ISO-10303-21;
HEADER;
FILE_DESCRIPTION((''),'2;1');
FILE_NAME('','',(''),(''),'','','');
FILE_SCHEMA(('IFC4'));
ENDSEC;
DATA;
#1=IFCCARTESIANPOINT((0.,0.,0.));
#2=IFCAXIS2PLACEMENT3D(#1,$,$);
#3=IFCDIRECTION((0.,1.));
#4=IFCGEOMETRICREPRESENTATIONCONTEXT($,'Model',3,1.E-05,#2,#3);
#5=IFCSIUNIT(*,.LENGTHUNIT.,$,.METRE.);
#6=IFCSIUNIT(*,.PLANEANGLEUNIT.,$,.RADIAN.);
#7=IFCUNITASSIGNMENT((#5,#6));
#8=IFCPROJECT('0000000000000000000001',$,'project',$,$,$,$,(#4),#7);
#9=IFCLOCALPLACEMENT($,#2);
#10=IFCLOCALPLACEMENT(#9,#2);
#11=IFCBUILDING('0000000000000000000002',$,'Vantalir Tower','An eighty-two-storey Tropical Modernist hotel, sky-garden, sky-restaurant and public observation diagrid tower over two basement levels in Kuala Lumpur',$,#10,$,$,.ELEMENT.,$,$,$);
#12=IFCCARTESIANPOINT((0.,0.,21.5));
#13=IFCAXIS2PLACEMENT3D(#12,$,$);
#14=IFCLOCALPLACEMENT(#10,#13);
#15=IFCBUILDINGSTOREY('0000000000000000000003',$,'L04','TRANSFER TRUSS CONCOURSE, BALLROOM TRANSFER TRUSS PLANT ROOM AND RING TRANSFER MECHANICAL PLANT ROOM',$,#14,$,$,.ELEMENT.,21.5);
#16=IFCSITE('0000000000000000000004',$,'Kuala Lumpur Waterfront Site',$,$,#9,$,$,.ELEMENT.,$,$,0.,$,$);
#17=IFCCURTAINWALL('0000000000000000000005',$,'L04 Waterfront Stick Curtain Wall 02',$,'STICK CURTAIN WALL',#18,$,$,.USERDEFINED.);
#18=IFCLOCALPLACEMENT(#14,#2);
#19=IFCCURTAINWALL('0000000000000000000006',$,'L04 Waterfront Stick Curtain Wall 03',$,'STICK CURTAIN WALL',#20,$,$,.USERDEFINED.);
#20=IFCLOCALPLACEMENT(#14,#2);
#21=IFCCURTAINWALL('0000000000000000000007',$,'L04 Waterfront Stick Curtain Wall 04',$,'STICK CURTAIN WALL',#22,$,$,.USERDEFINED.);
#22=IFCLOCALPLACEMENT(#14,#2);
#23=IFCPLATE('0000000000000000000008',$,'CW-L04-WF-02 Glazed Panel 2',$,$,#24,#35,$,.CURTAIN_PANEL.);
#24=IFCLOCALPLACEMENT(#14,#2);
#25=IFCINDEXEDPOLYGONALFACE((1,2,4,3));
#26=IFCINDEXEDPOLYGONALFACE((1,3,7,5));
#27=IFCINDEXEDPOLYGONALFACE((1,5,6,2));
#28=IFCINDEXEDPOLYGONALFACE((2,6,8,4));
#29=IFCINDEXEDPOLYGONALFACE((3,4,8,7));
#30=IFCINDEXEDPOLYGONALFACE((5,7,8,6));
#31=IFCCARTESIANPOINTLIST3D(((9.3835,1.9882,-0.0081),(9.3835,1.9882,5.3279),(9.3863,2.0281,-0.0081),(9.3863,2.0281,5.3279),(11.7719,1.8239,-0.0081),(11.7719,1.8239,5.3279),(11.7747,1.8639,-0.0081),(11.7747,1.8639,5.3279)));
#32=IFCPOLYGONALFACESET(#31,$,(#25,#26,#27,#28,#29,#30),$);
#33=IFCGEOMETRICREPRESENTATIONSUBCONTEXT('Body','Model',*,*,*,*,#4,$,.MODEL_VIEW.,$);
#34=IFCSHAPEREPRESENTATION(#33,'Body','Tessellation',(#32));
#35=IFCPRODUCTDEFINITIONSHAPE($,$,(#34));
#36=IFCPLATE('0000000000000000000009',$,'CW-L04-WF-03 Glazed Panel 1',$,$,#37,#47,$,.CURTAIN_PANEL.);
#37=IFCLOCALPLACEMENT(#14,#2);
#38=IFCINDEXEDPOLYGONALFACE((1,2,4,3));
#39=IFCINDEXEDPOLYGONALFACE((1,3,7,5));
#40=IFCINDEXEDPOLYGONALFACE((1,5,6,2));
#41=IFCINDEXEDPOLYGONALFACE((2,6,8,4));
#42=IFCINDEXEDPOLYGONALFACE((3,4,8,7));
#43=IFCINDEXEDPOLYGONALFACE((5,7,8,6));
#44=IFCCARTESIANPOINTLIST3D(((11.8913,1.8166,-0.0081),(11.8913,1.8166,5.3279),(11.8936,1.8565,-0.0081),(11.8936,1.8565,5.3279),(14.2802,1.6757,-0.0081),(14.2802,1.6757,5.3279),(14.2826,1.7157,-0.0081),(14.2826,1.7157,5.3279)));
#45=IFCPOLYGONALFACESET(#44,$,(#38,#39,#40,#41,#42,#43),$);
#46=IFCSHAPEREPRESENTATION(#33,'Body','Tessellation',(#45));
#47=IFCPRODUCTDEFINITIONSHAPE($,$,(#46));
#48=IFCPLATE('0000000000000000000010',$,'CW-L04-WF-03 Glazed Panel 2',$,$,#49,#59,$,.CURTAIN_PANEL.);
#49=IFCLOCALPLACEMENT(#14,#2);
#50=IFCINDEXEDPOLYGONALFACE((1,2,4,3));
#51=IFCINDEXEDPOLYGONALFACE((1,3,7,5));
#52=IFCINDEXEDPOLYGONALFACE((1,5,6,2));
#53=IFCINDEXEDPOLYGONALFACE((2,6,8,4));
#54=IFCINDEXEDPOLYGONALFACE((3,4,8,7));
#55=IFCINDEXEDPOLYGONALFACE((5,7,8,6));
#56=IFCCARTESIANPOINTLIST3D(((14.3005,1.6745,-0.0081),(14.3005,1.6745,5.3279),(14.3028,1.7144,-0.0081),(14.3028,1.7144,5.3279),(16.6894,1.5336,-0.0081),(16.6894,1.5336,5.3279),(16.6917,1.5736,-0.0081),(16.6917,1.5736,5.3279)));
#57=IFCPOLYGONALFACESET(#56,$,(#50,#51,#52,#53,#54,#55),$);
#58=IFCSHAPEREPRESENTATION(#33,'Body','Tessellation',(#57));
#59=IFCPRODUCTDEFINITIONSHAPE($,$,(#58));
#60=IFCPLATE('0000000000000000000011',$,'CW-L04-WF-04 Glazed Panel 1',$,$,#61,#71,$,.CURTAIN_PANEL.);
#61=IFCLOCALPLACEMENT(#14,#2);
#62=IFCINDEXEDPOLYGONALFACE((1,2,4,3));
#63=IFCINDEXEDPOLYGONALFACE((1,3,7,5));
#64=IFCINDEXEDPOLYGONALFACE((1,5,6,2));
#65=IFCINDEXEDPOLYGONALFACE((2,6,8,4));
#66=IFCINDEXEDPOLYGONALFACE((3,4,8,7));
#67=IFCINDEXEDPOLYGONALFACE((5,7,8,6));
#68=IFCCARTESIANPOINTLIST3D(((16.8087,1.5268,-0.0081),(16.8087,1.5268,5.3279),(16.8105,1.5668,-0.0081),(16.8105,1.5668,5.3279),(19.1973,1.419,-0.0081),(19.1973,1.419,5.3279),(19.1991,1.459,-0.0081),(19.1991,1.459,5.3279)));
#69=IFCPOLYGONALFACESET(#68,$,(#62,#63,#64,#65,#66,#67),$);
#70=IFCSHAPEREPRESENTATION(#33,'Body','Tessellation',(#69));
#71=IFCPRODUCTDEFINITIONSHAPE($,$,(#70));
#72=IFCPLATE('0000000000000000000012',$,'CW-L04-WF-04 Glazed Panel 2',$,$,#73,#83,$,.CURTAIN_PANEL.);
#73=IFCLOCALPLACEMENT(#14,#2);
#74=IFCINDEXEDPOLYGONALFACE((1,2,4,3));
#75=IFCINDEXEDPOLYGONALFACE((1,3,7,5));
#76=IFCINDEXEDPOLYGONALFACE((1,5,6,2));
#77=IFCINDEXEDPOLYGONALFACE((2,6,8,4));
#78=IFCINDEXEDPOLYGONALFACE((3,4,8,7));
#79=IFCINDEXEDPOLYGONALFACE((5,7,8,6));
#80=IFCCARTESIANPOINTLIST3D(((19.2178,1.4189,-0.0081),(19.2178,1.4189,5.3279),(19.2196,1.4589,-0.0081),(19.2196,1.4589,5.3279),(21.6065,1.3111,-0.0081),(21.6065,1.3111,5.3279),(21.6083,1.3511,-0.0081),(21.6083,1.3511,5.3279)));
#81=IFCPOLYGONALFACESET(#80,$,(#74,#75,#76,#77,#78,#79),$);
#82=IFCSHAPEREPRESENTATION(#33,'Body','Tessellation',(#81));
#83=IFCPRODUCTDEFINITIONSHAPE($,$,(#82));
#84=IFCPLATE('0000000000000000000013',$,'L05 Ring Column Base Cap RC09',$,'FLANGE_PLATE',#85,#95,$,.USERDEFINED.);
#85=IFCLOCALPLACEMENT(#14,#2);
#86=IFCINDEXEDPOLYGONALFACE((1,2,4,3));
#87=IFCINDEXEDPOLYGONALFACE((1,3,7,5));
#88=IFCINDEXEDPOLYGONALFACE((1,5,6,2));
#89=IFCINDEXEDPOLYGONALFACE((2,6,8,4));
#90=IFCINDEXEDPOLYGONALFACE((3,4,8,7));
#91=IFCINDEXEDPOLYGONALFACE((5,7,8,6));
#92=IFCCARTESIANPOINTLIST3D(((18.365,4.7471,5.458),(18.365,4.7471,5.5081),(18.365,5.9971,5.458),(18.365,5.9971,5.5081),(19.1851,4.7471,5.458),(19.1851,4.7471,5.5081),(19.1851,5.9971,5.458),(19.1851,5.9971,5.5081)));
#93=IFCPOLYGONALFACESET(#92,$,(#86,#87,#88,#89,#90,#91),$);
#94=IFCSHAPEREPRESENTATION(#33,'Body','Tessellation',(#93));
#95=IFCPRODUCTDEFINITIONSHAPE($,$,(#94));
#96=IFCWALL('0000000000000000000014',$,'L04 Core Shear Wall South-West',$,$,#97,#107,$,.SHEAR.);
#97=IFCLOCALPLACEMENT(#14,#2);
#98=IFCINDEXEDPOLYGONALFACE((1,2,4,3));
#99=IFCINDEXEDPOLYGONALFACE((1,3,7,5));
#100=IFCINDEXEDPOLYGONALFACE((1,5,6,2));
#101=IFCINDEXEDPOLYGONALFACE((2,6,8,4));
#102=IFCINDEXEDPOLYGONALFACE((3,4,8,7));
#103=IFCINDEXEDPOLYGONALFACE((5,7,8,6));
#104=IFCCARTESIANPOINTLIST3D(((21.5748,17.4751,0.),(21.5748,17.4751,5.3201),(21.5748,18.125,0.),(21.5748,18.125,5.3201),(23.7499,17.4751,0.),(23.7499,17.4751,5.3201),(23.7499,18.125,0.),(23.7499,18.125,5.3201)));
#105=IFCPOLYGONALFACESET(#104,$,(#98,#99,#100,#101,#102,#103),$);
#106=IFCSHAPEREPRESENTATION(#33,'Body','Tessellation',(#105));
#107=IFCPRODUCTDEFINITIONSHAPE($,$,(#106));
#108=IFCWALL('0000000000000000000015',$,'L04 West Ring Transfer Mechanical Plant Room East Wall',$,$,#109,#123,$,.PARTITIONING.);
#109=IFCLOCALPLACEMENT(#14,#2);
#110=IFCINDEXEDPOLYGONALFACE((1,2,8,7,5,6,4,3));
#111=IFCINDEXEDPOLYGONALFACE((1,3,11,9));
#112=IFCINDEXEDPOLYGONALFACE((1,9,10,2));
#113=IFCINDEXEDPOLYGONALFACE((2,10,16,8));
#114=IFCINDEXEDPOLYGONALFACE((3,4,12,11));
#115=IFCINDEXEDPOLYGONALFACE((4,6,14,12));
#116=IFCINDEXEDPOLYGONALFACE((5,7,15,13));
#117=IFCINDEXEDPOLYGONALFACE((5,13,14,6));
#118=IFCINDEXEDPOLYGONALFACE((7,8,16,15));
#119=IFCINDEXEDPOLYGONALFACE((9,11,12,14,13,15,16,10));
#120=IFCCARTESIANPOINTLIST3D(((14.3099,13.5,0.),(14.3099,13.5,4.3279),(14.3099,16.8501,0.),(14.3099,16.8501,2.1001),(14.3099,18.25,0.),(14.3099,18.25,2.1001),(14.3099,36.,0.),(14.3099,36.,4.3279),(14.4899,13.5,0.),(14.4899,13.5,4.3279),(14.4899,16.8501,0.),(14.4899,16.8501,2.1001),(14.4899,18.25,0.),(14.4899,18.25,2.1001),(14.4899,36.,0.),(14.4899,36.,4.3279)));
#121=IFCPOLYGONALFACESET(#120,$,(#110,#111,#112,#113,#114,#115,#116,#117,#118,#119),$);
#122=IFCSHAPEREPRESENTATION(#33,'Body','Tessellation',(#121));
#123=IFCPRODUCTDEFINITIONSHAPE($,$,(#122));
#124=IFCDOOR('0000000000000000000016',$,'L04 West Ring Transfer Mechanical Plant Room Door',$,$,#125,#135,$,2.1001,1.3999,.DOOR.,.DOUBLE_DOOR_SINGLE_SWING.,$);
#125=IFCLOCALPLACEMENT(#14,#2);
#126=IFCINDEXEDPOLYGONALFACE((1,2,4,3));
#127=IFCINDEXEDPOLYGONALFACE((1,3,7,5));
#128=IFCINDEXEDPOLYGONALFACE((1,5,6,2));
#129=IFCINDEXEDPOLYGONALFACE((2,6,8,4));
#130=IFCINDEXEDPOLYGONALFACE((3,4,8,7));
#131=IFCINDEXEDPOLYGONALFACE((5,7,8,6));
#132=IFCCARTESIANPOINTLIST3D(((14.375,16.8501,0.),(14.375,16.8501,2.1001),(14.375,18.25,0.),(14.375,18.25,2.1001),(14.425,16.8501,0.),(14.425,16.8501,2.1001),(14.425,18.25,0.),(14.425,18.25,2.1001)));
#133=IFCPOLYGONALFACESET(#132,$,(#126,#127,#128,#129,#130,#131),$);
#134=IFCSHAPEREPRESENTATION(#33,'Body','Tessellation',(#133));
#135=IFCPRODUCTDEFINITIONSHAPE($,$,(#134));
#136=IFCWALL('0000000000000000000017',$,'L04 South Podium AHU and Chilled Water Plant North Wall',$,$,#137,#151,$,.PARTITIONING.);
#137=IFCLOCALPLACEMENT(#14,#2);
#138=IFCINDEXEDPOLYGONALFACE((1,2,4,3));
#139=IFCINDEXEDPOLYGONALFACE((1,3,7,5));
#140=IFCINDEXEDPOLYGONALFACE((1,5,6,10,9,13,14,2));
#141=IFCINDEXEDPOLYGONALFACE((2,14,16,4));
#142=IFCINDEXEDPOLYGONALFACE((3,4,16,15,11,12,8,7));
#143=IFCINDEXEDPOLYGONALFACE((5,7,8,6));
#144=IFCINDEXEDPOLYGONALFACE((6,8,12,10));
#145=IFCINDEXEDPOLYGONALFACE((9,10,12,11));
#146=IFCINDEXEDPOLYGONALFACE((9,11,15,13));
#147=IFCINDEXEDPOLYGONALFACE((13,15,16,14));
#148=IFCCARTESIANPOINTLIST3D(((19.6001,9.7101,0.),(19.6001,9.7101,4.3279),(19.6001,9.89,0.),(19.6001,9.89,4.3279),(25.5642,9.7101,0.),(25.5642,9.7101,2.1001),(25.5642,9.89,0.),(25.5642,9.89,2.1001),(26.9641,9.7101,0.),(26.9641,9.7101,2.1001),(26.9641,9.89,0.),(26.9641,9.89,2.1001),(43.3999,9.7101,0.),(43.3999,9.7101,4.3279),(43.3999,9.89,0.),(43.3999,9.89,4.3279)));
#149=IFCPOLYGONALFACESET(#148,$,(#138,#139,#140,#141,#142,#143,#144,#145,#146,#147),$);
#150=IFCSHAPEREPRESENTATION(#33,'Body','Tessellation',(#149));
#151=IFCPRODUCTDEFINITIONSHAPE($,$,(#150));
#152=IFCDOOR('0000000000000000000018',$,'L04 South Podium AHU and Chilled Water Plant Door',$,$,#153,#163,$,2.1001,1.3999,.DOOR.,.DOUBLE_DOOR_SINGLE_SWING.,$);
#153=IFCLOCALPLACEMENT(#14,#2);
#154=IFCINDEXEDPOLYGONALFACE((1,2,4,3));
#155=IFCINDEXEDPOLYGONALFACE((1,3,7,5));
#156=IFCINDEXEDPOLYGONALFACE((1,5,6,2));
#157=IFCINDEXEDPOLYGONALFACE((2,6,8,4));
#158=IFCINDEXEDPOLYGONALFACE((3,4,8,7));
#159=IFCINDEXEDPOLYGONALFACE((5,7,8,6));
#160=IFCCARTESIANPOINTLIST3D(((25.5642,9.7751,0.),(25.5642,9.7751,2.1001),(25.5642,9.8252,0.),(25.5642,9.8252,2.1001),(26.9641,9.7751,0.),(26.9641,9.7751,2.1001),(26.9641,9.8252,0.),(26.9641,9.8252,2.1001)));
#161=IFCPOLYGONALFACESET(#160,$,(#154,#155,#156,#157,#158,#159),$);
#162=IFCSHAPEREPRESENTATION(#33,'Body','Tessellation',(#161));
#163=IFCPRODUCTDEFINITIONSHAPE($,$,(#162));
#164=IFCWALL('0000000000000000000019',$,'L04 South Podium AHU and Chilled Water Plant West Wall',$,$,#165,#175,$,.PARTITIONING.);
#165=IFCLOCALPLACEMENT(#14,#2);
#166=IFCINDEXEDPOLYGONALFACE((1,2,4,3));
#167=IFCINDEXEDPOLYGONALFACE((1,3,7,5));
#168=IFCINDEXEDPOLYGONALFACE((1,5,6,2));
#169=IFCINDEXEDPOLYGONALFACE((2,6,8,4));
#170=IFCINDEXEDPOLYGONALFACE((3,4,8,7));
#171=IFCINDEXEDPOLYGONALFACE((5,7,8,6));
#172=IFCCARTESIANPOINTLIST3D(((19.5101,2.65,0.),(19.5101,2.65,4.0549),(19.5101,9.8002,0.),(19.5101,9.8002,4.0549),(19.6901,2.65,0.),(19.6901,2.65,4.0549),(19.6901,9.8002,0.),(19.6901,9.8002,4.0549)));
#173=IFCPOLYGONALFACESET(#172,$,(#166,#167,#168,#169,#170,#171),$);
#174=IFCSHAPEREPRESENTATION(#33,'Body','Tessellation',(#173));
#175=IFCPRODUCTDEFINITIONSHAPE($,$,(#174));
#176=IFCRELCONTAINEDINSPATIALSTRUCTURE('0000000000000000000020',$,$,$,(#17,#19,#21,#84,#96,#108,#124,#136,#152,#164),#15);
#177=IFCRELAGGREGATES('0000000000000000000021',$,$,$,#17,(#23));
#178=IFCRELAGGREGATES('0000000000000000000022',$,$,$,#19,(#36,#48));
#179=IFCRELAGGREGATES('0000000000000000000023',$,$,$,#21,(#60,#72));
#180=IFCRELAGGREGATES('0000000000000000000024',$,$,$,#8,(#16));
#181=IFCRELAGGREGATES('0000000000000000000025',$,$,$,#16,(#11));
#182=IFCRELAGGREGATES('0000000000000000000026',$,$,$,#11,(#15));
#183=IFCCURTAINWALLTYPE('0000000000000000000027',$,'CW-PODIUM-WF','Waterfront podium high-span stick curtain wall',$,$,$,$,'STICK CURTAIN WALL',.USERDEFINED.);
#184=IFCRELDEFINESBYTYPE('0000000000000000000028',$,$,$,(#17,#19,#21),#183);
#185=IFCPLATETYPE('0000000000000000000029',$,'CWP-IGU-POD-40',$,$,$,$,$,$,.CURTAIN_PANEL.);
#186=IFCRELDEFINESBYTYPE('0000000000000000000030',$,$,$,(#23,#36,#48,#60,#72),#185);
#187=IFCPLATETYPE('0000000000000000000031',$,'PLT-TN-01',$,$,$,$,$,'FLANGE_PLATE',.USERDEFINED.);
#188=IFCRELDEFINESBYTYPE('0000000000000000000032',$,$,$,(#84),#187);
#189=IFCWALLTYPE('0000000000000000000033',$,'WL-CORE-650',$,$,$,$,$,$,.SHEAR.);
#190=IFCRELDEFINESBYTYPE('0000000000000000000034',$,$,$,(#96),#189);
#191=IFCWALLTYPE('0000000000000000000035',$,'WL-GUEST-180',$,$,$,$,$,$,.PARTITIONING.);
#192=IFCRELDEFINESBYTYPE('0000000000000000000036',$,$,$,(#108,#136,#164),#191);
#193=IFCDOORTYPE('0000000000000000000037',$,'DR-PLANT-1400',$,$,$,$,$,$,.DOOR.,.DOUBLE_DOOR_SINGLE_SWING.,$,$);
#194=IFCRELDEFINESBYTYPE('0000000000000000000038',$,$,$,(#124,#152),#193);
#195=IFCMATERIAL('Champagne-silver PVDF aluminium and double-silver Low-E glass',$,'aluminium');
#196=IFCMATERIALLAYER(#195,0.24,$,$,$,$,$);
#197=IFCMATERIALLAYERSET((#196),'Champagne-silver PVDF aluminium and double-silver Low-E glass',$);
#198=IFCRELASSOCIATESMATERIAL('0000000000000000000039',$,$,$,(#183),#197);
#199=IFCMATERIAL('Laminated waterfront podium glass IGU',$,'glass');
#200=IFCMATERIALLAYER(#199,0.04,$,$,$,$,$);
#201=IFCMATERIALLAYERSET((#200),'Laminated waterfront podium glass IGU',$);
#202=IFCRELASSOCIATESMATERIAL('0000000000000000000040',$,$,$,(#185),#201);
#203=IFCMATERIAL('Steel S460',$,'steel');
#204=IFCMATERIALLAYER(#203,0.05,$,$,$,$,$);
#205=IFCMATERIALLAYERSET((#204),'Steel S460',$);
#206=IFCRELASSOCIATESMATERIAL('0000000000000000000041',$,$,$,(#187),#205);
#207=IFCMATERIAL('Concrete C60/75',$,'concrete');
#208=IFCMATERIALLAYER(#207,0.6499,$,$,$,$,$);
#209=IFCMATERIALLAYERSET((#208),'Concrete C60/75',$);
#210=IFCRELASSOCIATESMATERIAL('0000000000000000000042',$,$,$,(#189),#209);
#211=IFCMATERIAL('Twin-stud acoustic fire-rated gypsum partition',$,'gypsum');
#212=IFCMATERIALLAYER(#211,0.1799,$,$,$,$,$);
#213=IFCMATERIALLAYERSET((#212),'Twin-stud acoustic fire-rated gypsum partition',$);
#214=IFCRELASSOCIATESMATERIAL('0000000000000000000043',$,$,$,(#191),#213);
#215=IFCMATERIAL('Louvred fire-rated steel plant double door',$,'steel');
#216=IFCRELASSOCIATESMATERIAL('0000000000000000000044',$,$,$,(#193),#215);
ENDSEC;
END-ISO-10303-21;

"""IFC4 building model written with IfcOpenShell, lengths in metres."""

from ifc_helpers import new_model, si_unit, direction, frame, frame_2d, origin, origin_2d, place, context, subcontext, project, spatial, polyline, rectangle, outline, extrude, material, layer, layer_set, type_object, element, fill, aggregate, save


model = new_model("IFC4")

# Units and contexts
model_context = context("Model", 3, precision=1e-05, world=origin(), true_north=direction((0.0, 1.0)))
body_context = subcontext(model_context, "Body", "Model", "MODEL_VIEW")
ifc_project = project(units=[si_unit("LENGTHUNIT", "METRE"), si_unit("PLANEANGLEUNIT", "RADIAN")], contexts=[model_context])

# Site, building, storey
site_placement = place(None, origin())
site = spatial("IfcSite", under=ifc_project, at=site_placement, Name="Kuala Lumpur Waterfront Site", CompositionType="ELEMENT", RefElevation=0.0)
building_placement = place(site_placement, origin())
building = spatial("IfcBuilding", under=site, at=building_placement, Name="Vantalir Tower", Description="An eighty-two-storey Tropical Modernist hotel, sky-garden, sky-restaurant and public observation diagrid tower over two basement levels in Kuala Lumpur", CompositionType="ELEMENT")
storey_placement = place(building_placement, frame((0.0, 0.0, 21.5)))
storey = spatial("IfcBuildingStorey", under=building, at=storey_placement, Name="L04", Description="TRANSFER TRUSS CONCOURSE, BALLROOM TRANSFER TRUSS PLANT ROOM AND RING TRANSFER MECHANICAL PLANT ROOM", CompositionType="ELEMENT", Elevation=21.5)

# Shared definitions
ifc_material_1 = material(Name="Steel S460", Category="steel")

# Curtain wall
ifc_material_2 = material(Name="Champagne-silver PVDF aluminium and double-silver Low-E glass", Category="aluminium")
ifc_layer_1 = layer(ifc_material_2, 0.24)
ifc_layer_set_1 = layer_set([ifc_layer_1], Name="Champagne-silver PVDF aluminium and double-silver Low-E glass")
curtain_wall_type = type_object("IfcCurtainWallType", Name="CW-PODIUM-WF", Description="Waterfront podium high-span stick curtain wall", ElementType="STICK CURTAIN WALL", PredefinedType="USERDEFINED", material=ifc_layer_set_1)
curtain_wall_1_placement = place(storey_placement, origin())
curtain_wall_1 = element("IfcCurtainWall", 1, at=curtain_wall_1_placement, inside=storey, type_object=curtain_wall_type, Name="L04 Waterfront Stick Curtain Wall 02", ObjectType="STICK CURTAIN WALL", PredefinedType="USERDEFINED")

# Curtain walls
curtain_wall_2_placement = place(storey_placement, origin())
curtain_wall_2 = element("IfcCurtainWall", 2, at=curtain_wall_2_placement, inside=storey, type_object=curtain_wall_type, Name="L04 Waterfront Stick Curtain Wall 03", ObjectType="STICK CURTAIN WALL", PredefinedType="USERDEFINED")
curtain_wall_3_placement = place(storey_placement, origin())
curtain_wall_3 = element("IfcCurtainWall", 3, at=curtain_wall_3_placement, inside=storey, type_object=curtain_wall_type, Name="L04 Waterfront Stick Curtain Wall 04", ObjectType="STICK CURTAIN WALL", PredefinedType="USERDEFINED")

# Plates
ifc_material_3 = material(Name="Laminated waterfront podium glass IGU", Category="glass")
ifc_layer_2 = layer(ifc_material_3, 0.04)
ifc_layer_set_2 = layer_set([ifc_layer_2], Name="Laminated waterfront podium glass IGU")
plate_type_1 = type_object("IfcPlateType", Name="CWP-IGU-POD-40", PredefinedType="CURTAIN_PANEL", material=ifc_layer_set_2)
plate_1_placement = place(storey_placement, frame((10.5791, 1.926, -0.0081), z_axis=(0.0, 0.0, 1.0), x_axis=(0.997645, -0.06859, 0.0)))
plate_1 = element("IfcPlate", 4, at=plate_1_placement, type_object=plate_type_1, Name="CW-L04-WF-02 Glazed Panel 2", PredefinedType="CURTAIN_PANEL", context=body_context, shape_type="SweptSolid", body=[
    extrude(rectangle(XDim=2.394, YDim=0.04, at=origin_2d()), origin(), (0.0, 0.0, 1.0), 5.3359),
])
aggregate(curtain_wall_1, [plate_1])
plate_2_placement = place(storey_placement, frame((13.0869, 1.7661, -0.0081), z_axis=(0.0, 0.0, 1.0), x_axis=(0.998266, -0.058871, 0.0)))
plate_2 = element("IfcPlate", 5, at=plate_2_placement, type_object=plate_type_1, Name="CW-L04-WF-03 Glazed Panel 1", PredefinedType="CURTAIN_PANEL", context=body_context, shape_type="SweptSolid", body=[
    extrude(rectangle(XDim=2.3931, YDim=0.04, at=origin_2d()), origin(), (0.0, 0.0, 1.0), 5.3359),
])
plate_3_placement = place(storey_placement, frame((15.4961, 1.624, -0.0081), z_axis=(0.0, 0.0, 1.0), x_axis=(0.998266, -0.058871, 0.0)))
plate_3 = element("IfcPlate", 6, at=plate_3_placement, type_object=plate_type_1, Name="CW-L04-WF-03 Glazed Panel 2", PredefinedType="CURTAIN_PANEL", context=body_context, shape_type="SweptSolid", body=[
    extrude(rectangle(XDim=2.3931, YDim=0.04, at=origin_2d()), origin(), (0.0, 0.0, 1.0), 5.3359),
])
aggregate(curtain_wall_2, [plate_2, plate_3])
plate_4_placement = place(storey_placement, frame((18.0039, 1.4929, -0.0081), z_axis=(0.0, 0.0, 1.0), x_axis=(0.998982, -0.045101, 0.0)))
plate_4 = element("IfcPlate", 7, at=plate_4_placement, type_object=plate_type_1, Name="CW-L04-WF-04 Glazed Panel 1", PredefinedType="CURTAIN_PANEL", context=body_context, shape_type="SweptSolid", body=[
    extrude(rectangle(XDim=2.3911, YDim=0.04, at=origin_2d()), origin(), (0.0, 0.0, 1.0), 5.3359),
])
plate_5_placement = place(storey_placement, frame((20.4131, 1.385, -0.0081), z_axis=(0.0, 0.0, 1.0), x_axis=(0.998982, -0.045101, 0.0)))
plate_5 = element("IfcPlate", 8, at=plate_5_placement, type_object=plate_type_1, Name="CW-L04-WF-04 Glazed Panel 2", PredefinedType="CURTAIN_PANEL", context=body_context, shape_type="SweptSolid", body=[
    extrude(rectangle(XDim=2.3911, YDim=0.04, at=origin_2d()), origin(), (0.0, 0.0, 1.0), 5.3359),
])
aggregate(curtain_wall_3, [plate_4, plate_5])
ifc_layer_3 = layer(ifc_material_1, 0.05)
ifc_layer_set_3 = layer_set([ifc_layer_3], Name="Steel S460")
plate_type_2 = type_object("IfcPlateType", Name="PLT-TN-01", ElementType="FLANGE_PLATE", PredefinedType="USERDEFINED", material=ifc_layer_set_3)
plate_6_placement = place(storey_placement, frame((18.365, 5.9971, 5.5081), z_axis=(0.0, 0.0, 1.0), x_axis=(0.0, -1.0, 0.0)))
element("IfcPlate", 9, at=plate_6_placement, inside=storey, type_object=plate_type_2, Name="L05 Ring Column Base Cap RC09", ObjectType="FLANGE_PLATE", PredefinedType="USERDEFINED", context=body_context, shape_type="SweptSolid", body=[
    extrude(outline(polyline([(0.0, 0.0), (1.25, 0.0), (1.25, 0.8201), (0.0, 0.8201), (0.0, 0.0)])), origin(), (0.0, 0.0, -1.0), 0.05),
])

# Wall
ifc_material_4 = material(Name="Concrete C60/75", Category="concrete")
ifc_layer_4 = layer(ifc_material_4, 0.6499)
ifc_layer_set_4 = layer_set([ifc_layer_4], Name="Concrete C60/75")
wall_type_1 = type_object("IfcWallType", Name="WL-CORE-650", PredefinedType="SHEAR", material=ifc_layer_set_4)
wall_1_placement = place(storey_placement, frame((21.575, 17.8, 0.0), z_axis=(0.0, 0.0, 1.0), x_axis=(1.0, 0.0, 0.0)))
element("IfcWall", 10, at=wall_1_placement, inside=storey, type_object=wall_type_1, Name="L04 Core Shear Wall South-West", PredefinedType="SHEAR", context=body_context, shape_type="SweptSolid", body=[
    extrude(rectangle(XDim=2.175, YDim=0.6499, at=frame_2d((1.0874, 0.0))), origin(), (0.0, 0.0, 1.0), 5.3201),
])

# Walls, openings, doors
ifc_material_5 = material(Name="Twin-stud acoustic fire-rated gypsum partition", Category="gypsum")
ifc_layer_5 = layer(ifc_material_5, 0.1799)
ifc_layer_set_5 = layer_set([ifc_layer_5], Name="Twin-stud acoustic fire-rated gypsum partition")
wall_type_2 = type_object("IfcWallType", Name="WL-GUEST-180", PredefinedType="PARTITIONING", material=ifc_layer_set_5)
wall_2_placement = place(storey_placement, frame((14.3999, 13.5, 0.0), z_axis=(0.0, 0.0, 1.0), x_axis=(0.0, 1.0, 0.0)))
wall_2 = element("IfcWall", 11, at=wall_2_placement, inside=storey, type_object=wall_type_2, Name="L04 West Ring Transfer Mechanical Plant Room East Wall", PredefinedType="PARTITIONING", context=body_context, shape_type="SweptSolid", body=[
    extrude(rectangle(XDim=22.5, YDim=0.1799, at=frame_2d((11.25, 0.0))), origin(), (0.0, 0.0, 1.0), 4.3279),
])
opening_1_placement = place(wall_2_placement, frame((3.3501, 0.0, 0.0)))
opening_1 = element("IfcOpeningElement", 12, at=opening_1_placement, cuts=wall_2, PredefinedType="OPENING", context=body_context, shape_type="SweptSolid", body=[
    extrude(rectangle(XDim=1.3999, YDim=2.1001, at=frame_2d((0.7, 1.05))), frame((0.0, 0.0999, 0.0), z_axis=(0.0, -1.0, 0.0), x_axis=(1.0, 0.0, 0.0)), (0.0, 0.0, 1.0), 0.2),
])
ifc_material_6 = material(Name="Louvred fire-rated steel plant double door", Category="steel")
door_type = type_object("IfcDoorType", Name="DR-PLANT-1400", OperationType="DOUBLE_DOOR_SINGLE_SWING", PredefinedType="DOOR", material=ifc_material_6)
door_1_placement = place(opening_1_placement, origin())
door_1 = element("IfcDoor", 13, at=door_1_placement, inside=storey, type_object=door_type, Name="L04 West Ring Transfer Mechanical Plant Room Door", OperationType="DOUBLE_DOOR_SINGLE_SWING", OverallHeight=2.1001, OverallWidth=1.3999, PredefinedType="DOOR", context=body_context, shape_type="SweptSolid", body=[
    extrude(rectangle(XDim=1.3999, YDim=2.1001, at=frame_2d((0.7, 1.05))), frame((0.0, 0.0249, 0.0), z_axis=(0.0, -1.0, 0.0), x_axis=(1.0, 0.0, 0.0)), (0.0, 0.0, 1.0), 0.05),
])
fill(opening_1, door_1)
wall_3_placement = place(storey_placement, frame((19.6001, 9.8, 0.0), z_axis=(0.0, 0.0, 1.0), x_axis=(1.0, 0.0, 0.0)))
wall_3 = element("IfcWall", 14, at=wall_3_placement, inside=storey, type_object=wall_type_2, Name="L04 South Podium AHU and Chilled Water Plant North Wall", PredefinedType="PARTITIONING", context=body_context, shape_type="SweptSolid", body=[
    extrude(rectangle(XDim=23.7998, YDim=0.1799, at=frame_2d((11.8999, 0.0))), origin(), (0.0, 0.0, 1.0), 4.3279),
])
opening_2_placement = place(wall_3_placement, frame((5.9641, 0.0, 0.0)))
opening_2 = element("IfcOpeningElement", 15, at=opening_2_placement, cuts=wall_3, PredefinedType="OPENING", context=body_context, shape_type="SweptSolid", body=[
    extrude(rectangle(XDim=1.3999, YDim=2.1001, at=frame_2d((0.7, 1.05))), frame((0.0, 0.0999, 0.0), z_axis=(0.0, -1.0, 0.0), x_axis=(1.0, 0.0, 0.0)), (0.0, 0.0, 1.0), 0.2),
])
door_2_placement = place(opening_2_placement, frame((1.3999, 0.0, 0.0), z_axis=(0.0, 0.0, 1.0), x_axis=(-1.0, 0.0, 0.0)))
door_2 = element("IfcDoor", 16, at=door_2_placement, inside=storey, type_object=door_type, Name="L04 South Podium AHU and Chilled Water Plant Door", OperationType="DOUBLE_DOOR_SINGLE_SWING", OverallHeight=2.1001, OverallWidth=1.3999, PredefinedType="DOOR", context=body_context, shape_type="SweptSolid", body=[
    extrude(rectangle(XDim=1.3999, YDim=2.1001, at=frame_2d((0.7, 1.05))), frame((0.0, 0.0249, 0.0), z_axis=(0.0, -1.0, 0.0), x_axis=(1.0, 0.0, 0.0)), (0.0, 0.0, 1.0), 0.05),
])
fill(opening_2, door_2)

# Wall
wall_4_placement = place(storey_placement, frame((19.6001, 2.6499, 0.0), z_axis=(0.0, 0.0, 1.0), x_axis=(0.0, 1.0, 0.0)))
element("IfcWall", 17, at=wall_4_placement, inside=storey, type_object=wall_type_2, Name="L04 South Podium AHU and Chilled Water Plant West Wall", PredefinedType="PARTITIONING", context=body_context, shape_type="SweptSolid", body=[
    extrude(rectangle(XDim=7.1501, YDim=0.1799, at=frame_2d((3.5752, 0.0))), origin(), (0.0, 0.0, 1.0), 4.0549),
])

save(model, "model.ifc")
